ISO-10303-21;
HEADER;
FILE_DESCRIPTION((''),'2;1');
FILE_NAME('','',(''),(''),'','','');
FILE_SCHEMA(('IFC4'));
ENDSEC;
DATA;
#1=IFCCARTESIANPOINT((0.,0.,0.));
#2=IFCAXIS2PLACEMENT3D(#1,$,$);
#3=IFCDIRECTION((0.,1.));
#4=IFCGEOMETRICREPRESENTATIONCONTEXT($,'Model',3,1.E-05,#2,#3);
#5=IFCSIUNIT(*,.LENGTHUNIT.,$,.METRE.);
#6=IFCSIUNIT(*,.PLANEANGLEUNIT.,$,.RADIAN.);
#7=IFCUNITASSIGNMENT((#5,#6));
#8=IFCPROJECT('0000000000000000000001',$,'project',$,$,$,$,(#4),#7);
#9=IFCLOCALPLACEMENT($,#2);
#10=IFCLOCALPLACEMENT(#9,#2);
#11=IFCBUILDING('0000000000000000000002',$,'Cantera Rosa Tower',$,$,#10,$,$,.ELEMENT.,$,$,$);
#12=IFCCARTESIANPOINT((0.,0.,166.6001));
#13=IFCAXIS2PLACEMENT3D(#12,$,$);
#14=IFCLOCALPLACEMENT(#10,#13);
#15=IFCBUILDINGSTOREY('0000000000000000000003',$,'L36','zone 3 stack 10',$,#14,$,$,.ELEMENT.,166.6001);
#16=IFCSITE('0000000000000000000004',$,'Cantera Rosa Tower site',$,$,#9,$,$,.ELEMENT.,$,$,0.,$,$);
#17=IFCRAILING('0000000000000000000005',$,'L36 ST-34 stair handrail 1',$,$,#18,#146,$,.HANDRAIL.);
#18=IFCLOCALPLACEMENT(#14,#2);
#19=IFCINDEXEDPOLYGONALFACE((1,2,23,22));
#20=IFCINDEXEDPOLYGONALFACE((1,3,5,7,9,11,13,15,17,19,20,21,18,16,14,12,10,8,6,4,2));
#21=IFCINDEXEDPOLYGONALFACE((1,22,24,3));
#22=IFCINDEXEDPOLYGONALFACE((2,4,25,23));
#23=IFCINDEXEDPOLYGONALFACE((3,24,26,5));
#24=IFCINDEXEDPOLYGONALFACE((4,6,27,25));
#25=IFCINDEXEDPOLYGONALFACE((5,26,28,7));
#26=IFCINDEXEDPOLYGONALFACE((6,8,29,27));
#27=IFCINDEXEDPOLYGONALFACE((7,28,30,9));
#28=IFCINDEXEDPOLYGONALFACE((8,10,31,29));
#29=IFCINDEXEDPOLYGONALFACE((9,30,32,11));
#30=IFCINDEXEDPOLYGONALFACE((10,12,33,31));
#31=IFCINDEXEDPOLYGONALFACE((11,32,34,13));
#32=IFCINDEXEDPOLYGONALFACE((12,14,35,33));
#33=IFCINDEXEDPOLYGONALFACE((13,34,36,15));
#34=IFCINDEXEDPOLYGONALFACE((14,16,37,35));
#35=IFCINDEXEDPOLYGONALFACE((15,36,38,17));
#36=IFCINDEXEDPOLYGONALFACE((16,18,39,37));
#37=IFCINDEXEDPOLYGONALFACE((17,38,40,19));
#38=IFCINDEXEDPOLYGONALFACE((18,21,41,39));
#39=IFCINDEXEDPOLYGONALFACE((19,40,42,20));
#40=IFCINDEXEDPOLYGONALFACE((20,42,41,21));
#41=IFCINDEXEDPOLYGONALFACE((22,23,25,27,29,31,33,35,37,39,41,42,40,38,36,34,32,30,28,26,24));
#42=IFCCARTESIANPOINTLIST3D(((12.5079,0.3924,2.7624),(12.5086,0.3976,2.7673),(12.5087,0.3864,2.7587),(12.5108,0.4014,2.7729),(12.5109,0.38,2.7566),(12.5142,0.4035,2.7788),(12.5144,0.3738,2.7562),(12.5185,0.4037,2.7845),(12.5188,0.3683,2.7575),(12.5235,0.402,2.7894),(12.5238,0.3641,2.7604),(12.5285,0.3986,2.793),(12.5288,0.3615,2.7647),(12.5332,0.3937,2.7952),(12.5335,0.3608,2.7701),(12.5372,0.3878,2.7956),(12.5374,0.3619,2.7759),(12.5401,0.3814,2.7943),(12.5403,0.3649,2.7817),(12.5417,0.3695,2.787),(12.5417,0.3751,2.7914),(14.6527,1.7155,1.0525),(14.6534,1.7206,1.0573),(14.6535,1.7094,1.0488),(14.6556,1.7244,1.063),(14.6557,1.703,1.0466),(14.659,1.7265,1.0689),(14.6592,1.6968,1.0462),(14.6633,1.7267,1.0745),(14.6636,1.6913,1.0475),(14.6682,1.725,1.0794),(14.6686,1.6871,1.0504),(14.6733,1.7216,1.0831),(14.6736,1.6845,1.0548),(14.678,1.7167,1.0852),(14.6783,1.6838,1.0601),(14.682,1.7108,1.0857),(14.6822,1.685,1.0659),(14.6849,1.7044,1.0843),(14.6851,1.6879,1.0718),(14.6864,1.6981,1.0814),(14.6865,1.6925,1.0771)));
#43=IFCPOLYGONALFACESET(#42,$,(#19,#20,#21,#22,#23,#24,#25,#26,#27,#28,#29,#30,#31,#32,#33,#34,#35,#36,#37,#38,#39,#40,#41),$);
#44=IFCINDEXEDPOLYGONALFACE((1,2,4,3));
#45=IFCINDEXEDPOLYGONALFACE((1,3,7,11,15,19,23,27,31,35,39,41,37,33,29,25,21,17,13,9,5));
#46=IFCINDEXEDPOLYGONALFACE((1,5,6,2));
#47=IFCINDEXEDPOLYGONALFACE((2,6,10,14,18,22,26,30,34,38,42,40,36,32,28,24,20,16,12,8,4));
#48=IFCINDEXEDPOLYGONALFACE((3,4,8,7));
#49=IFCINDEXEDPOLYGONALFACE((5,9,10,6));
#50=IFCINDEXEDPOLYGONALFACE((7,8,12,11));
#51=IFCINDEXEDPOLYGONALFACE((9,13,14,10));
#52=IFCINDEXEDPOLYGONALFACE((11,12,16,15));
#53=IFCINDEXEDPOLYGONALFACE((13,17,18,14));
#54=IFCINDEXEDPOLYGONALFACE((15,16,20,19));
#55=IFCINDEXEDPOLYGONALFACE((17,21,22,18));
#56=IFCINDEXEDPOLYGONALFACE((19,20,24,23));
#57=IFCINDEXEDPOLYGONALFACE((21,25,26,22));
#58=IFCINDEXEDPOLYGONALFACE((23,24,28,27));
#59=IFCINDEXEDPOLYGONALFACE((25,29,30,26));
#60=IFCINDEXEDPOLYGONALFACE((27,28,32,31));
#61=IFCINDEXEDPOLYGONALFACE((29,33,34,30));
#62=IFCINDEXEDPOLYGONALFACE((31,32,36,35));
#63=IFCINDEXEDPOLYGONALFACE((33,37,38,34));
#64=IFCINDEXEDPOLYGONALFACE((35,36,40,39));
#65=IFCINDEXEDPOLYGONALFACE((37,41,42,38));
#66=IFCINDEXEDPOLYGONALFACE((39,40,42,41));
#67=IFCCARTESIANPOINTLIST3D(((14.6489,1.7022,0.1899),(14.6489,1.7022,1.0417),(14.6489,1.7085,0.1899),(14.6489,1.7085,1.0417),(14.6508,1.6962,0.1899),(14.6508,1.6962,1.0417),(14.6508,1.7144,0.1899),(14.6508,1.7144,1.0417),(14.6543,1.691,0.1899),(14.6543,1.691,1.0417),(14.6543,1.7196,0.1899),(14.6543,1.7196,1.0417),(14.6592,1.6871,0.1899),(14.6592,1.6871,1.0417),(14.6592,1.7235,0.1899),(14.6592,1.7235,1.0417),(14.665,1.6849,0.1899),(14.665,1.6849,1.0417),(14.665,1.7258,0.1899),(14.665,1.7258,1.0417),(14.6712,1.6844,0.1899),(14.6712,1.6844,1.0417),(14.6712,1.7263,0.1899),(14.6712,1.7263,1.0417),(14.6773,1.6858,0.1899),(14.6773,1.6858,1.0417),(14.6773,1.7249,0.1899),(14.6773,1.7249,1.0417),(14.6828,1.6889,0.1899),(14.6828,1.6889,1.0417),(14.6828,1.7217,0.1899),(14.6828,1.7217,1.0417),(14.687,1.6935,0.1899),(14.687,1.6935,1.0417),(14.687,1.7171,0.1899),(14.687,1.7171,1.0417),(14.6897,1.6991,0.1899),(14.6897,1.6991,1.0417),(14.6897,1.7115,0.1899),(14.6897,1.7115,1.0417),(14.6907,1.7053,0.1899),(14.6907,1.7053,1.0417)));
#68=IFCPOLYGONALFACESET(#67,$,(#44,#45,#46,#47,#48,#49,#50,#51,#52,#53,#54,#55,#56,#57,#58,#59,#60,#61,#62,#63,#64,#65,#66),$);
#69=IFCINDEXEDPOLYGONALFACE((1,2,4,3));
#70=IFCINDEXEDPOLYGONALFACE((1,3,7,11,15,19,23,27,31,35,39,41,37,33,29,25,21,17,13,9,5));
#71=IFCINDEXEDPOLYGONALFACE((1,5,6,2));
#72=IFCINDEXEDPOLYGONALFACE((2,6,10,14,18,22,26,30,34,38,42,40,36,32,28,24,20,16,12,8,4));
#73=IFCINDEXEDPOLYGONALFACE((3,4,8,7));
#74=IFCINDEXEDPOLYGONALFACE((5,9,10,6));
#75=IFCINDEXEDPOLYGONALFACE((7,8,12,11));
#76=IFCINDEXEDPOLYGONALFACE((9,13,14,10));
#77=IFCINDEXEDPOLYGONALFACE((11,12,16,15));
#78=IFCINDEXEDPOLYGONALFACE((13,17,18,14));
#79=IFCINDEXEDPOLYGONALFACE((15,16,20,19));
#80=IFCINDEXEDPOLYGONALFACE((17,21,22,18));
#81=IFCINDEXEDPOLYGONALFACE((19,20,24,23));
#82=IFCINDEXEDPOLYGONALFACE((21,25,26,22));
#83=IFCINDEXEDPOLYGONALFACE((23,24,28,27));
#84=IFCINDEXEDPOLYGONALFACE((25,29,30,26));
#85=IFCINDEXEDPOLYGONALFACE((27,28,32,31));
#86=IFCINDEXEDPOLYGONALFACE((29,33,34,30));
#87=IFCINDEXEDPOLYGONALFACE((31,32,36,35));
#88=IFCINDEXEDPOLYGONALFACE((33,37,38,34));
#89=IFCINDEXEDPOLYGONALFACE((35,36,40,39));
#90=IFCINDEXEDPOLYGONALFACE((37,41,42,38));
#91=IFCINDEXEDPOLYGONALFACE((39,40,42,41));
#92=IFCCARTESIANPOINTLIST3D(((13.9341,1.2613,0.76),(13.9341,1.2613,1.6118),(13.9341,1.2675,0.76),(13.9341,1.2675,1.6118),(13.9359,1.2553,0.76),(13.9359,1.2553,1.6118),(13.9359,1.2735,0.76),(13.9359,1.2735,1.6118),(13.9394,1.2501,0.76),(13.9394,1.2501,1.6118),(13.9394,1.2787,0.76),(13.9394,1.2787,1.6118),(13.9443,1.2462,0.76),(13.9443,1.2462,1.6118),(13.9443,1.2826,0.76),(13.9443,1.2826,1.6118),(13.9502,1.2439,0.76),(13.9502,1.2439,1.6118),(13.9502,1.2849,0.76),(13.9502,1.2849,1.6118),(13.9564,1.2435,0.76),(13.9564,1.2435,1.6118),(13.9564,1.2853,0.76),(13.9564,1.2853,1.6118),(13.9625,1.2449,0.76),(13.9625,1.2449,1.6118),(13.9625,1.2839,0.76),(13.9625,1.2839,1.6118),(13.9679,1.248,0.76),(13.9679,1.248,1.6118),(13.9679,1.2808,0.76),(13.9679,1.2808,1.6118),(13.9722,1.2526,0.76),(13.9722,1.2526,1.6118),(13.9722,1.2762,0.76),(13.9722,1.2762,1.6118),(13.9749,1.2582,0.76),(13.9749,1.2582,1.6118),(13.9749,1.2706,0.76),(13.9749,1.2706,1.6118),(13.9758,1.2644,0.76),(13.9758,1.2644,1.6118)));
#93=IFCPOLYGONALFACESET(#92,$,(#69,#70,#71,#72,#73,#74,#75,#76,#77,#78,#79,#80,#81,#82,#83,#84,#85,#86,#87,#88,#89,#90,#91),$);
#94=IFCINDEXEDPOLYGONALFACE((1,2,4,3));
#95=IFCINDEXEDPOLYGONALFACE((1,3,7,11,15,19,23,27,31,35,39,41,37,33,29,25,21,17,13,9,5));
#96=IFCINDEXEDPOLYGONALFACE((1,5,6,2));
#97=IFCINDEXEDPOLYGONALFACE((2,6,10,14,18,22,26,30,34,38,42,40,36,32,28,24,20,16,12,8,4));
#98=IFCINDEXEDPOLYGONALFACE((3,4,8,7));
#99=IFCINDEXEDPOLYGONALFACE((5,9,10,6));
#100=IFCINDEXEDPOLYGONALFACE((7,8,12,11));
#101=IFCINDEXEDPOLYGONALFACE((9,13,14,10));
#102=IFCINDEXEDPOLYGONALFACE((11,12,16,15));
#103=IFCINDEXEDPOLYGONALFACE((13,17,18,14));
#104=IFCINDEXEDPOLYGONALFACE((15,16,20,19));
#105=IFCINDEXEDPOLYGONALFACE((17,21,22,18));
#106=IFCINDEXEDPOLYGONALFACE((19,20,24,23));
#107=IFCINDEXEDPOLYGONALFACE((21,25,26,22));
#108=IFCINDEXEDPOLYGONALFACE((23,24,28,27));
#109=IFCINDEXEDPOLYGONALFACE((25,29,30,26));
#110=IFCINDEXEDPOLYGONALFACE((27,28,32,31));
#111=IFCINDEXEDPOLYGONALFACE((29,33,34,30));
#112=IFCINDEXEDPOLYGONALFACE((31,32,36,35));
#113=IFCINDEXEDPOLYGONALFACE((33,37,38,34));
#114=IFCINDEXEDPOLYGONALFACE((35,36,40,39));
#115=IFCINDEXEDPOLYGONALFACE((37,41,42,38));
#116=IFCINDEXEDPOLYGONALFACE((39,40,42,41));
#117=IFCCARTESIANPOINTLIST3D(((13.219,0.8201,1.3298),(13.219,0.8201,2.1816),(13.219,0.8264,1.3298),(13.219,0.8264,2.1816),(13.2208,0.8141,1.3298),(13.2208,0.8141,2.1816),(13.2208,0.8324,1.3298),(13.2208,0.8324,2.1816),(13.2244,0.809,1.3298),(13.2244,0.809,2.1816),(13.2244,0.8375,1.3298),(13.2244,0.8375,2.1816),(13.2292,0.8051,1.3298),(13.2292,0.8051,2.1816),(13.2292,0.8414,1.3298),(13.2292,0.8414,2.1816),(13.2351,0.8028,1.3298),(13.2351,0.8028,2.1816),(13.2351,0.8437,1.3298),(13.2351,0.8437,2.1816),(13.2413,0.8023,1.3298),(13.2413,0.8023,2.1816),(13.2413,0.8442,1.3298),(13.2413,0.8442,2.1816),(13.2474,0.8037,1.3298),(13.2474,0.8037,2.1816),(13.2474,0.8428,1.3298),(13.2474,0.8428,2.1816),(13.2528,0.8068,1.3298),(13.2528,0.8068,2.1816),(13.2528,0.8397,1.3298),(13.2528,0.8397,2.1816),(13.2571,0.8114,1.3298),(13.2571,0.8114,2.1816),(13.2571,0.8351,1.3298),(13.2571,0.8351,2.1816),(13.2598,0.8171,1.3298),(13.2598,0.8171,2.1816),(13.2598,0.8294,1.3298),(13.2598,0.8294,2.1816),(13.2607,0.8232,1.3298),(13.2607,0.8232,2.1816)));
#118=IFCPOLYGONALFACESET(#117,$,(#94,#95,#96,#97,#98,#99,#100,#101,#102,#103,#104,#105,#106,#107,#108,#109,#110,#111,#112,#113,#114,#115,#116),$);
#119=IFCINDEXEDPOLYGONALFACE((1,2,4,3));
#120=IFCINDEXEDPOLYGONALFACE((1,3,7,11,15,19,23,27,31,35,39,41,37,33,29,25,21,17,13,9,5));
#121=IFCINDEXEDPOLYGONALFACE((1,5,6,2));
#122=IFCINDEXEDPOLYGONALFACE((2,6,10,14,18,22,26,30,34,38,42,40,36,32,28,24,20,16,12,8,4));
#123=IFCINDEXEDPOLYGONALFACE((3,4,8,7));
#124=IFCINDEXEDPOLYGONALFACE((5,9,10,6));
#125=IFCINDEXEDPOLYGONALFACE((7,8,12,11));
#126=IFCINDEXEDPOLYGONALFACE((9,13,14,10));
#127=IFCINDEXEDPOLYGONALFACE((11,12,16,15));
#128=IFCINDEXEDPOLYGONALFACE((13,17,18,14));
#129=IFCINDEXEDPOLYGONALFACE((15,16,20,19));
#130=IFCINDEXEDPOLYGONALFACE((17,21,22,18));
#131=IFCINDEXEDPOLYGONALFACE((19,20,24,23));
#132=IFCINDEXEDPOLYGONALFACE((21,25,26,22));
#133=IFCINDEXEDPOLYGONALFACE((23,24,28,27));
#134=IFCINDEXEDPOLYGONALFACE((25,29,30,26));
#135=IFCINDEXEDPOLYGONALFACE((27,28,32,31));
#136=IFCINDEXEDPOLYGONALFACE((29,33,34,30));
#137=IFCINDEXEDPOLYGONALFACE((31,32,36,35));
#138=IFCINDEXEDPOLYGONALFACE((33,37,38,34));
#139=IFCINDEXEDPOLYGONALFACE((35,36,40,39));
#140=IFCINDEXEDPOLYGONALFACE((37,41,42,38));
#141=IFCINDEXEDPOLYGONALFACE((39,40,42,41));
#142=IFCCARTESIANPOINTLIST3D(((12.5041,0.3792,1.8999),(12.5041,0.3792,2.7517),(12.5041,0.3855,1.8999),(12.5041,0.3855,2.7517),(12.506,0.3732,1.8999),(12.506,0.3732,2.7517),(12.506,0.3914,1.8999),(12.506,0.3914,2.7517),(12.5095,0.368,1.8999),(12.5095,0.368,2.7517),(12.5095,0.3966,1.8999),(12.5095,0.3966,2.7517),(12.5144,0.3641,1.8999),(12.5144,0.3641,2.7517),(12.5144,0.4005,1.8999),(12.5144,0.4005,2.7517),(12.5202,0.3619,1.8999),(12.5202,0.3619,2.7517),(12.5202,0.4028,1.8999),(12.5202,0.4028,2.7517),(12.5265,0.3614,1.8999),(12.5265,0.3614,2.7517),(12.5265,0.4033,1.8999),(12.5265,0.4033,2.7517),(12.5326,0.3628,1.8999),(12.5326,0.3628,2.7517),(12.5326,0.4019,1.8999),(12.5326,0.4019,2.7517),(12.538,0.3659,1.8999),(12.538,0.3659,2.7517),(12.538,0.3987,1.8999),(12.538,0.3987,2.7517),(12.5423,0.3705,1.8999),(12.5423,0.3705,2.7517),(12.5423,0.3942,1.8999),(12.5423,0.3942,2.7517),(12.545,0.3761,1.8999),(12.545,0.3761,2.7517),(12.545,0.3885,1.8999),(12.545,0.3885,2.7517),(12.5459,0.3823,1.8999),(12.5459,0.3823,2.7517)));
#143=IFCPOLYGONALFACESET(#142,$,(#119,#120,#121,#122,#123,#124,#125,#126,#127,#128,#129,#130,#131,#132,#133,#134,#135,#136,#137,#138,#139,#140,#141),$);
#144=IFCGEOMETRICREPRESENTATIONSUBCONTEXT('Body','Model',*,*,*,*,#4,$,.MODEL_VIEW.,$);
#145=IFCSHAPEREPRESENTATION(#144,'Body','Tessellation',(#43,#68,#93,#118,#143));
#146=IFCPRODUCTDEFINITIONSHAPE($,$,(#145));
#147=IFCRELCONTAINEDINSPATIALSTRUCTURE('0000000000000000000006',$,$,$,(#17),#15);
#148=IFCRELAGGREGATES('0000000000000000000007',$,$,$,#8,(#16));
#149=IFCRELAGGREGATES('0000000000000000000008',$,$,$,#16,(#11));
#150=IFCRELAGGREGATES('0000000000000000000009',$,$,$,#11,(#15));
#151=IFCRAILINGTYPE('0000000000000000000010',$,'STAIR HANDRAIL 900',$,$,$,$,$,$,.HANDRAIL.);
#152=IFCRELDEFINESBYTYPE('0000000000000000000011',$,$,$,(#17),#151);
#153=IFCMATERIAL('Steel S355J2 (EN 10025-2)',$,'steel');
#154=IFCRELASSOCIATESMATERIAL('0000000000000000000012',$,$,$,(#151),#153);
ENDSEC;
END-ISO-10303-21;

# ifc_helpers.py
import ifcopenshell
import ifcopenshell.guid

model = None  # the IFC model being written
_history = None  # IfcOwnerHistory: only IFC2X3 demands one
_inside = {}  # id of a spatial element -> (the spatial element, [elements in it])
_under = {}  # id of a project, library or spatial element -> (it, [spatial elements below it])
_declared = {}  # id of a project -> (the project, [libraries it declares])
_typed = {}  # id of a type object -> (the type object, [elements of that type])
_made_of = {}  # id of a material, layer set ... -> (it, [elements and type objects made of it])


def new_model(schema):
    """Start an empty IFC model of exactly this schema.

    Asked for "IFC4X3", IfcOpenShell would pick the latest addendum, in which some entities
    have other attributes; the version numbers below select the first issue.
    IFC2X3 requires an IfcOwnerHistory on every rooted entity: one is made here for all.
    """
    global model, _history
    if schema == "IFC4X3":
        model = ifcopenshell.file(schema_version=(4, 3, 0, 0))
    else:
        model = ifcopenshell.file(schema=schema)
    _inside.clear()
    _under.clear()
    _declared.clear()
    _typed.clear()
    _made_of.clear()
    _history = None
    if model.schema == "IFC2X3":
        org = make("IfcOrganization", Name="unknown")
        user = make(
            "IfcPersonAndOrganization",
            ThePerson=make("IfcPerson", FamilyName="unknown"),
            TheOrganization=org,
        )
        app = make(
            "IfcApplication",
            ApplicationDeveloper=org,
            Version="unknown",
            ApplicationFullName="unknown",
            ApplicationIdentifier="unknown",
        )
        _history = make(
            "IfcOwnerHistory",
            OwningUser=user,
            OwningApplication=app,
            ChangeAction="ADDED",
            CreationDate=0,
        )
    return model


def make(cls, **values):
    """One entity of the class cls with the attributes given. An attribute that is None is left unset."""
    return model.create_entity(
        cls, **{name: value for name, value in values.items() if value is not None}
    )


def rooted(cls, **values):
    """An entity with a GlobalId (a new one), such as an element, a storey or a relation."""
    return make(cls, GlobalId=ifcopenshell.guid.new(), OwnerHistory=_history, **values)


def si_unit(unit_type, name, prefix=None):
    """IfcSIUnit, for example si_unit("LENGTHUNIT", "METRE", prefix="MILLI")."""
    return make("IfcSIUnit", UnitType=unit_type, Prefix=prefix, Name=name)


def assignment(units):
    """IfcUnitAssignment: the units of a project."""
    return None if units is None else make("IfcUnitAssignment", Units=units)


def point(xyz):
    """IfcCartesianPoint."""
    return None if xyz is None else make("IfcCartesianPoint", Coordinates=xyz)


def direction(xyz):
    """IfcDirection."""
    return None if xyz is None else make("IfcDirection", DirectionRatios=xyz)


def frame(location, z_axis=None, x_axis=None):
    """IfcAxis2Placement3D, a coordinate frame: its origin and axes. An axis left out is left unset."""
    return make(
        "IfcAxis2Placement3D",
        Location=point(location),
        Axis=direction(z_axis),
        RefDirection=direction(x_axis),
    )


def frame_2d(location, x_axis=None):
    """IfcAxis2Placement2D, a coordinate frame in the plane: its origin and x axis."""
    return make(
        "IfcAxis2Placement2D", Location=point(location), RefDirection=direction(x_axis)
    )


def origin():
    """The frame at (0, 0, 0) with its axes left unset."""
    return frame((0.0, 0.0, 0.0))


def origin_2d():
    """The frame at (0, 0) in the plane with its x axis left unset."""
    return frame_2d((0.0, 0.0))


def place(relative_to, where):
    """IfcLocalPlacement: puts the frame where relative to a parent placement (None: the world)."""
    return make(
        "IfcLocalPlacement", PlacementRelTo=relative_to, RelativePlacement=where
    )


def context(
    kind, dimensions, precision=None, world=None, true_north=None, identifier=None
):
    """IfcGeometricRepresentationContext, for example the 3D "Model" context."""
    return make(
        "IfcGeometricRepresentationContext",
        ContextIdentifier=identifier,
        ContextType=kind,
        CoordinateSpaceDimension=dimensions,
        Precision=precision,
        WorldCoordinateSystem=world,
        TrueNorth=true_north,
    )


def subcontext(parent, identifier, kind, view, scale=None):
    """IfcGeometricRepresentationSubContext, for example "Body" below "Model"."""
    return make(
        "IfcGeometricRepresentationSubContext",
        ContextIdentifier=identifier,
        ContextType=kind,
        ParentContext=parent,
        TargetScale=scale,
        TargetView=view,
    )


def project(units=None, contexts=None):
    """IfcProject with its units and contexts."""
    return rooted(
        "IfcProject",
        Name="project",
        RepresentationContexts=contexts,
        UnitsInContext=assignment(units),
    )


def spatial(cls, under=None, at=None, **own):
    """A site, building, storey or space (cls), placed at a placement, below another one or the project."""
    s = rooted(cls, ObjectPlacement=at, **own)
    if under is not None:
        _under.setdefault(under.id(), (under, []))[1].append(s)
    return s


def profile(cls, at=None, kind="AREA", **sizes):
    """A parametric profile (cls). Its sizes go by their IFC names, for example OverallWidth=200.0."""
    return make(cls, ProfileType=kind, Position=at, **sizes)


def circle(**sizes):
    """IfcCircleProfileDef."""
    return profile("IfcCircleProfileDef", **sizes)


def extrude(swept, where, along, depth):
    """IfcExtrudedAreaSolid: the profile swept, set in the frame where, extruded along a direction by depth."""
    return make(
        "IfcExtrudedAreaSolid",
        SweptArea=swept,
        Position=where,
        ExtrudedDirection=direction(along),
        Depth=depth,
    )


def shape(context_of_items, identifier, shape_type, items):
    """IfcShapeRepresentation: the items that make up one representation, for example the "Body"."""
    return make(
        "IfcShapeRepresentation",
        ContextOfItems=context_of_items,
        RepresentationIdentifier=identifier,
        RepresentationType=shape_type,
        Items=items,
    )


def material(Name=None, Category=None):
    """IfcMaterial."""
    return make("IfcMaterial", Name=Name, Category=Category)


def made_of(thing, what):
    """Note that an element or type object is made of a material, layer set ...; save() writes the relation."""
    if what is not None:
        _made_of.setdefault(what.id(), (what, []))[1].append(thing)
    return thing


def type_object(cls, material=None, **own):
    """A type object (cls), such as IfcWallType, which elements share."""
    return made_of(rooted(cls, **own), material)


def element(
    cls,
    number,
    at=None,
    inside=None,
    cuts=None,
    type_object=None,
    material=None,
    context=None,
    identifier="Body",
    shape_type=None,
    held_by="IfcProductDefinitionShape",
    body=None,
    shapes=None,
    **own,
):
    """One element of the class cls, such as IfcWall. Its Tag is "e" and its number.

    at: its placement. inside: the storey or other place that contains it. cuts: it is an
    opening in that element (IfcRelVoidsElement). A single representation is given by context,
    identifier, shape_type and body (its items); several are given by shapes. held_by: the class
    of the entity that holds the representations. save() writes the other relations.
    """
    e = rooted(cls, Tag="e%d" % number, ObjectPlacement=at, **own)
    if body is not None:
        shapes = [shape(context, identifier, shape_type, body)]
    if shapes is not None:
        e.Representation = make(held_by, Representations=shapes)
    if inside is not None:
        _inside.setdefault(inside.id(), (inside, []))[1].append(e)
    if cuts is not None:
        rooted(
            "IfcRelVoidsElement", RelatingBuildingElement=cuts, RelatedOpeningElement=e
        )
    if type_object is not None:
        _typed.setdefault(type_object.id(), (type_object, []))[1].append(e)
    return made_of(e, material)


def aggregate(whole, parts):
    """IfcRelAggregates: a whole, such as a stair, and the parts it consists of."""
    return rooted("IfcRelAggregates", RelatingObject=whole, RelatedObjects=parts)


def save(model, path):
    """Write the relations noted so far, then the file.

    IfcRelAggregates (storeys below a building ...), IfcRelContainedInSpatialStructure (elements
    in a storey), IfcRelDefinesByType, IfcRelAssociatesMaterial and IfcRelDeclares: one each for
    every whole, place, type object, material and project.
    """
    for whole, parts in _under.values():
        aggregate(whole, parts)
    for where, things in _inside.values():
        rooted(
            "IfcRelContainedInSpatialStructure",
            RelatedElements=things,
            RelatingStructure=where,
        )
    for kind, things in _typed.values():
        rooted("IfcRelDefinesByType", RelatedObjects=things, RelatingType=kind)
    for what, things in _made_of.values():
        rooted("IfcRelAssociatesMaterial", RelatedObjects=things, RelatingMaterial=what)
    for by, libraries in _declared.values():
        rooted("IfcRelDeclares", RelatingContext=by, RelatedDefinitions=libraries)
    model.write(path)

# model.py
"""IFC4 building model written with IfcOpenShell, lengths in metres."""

from ifc_helpers import new_model, si_unit, direction, frame, origin, origin_2d, place, context, subcontext, project, spatial, circle, extrude, material, type_object, element, save


model = new_model("IFC4")

# Units and contexts
model_context = context("Model", 3, precision=1e-05, world=origin(), true_north=direction((0.0, 1.0)))
body_context = subcontext(model_context, "Body", "Model", "MODEL_VIEW")
ifc_project = project(units=[si_unit("LENGTHUNIT", "METRE"), si_unit("PLANEANGLEUNIT", "RADIAN")], contexts=[model_context])

# Site, building, storey
site_placement = place(None, origin())
site = spatial("IfcSite", under=ifc_project, at=site_placement, Name="Cantera Rosa Tower site", CompositionType="ELEMENT", RefElevation=0.0)
building_placement = place(site_placement, origin())
building = spatial("IfcBuilding", under=site, at=building_placement, Name="Cantera Rosa Tower", CompositionType="ELEMENT")
storey_placement = place(building_placement, frame((0.0, 0.0, 166.6001)))
storey = spatial("IfcBuildingStorey", under=building, at=storey_placement, Name="L36", Description="zone 3 stack 10", CompositionType="ELEMENT", Elevation=166.6001)

# Railing
ifc_material_1 = material(Name="Steel S355J2 (EN 10025-2)", Category="steel")
railing_type_1 = type_object("IfcRailingType", Name="STAIR HANDRAIL 900", PredefinedType="HANDRAIL", material=ifc_material_1)
railing_1_placement = place(storey_placement, frame((14.6697, 1.7053, 0.1899)))
element("IfcRailing", 1, at=railing_1_placement, inside=storey, type_object=railing_type_1, Name="L36 ST-34 stair handrail 1", PredefinedType="HANDRAIL", context=body_context, shape_type="SweptSolid", body=[
    extrude(circle(Radius=0.0239, at=origin_2d()), frame((0.0, 0.0, 0.876), z_axis=(-0.704271, -0.434428, 0.561493), x_axis=(0.525, -0.851102, 0.0)), (0.0, 0.0, 1.0), 3.0454),
    extrude(circle(Radius=0.021, at=origin_2d()), origin(), (0.0, 0.0, 1.0), 0.8518),
    extrude(circle(Radius=0.021, at=origin_2d()), frame((-0.7148, -0.4409, 0.5701)), (0.0, 0.0, 1.0), 0.8518),
    extrude(circle(Radius=0.021, at=origin_2d()), frame((-1.4299, -0.8821, 1.1399)), (0.0, 0.0, 1.0), 0.8518),
    extrude(circle(Radius=0.021, at=origin_2d()), frame((-2.1448, -1.323, 1.71)), (0.0, 0.0, 1.0), 0.8518),
])

save(model, "model.ifc")
